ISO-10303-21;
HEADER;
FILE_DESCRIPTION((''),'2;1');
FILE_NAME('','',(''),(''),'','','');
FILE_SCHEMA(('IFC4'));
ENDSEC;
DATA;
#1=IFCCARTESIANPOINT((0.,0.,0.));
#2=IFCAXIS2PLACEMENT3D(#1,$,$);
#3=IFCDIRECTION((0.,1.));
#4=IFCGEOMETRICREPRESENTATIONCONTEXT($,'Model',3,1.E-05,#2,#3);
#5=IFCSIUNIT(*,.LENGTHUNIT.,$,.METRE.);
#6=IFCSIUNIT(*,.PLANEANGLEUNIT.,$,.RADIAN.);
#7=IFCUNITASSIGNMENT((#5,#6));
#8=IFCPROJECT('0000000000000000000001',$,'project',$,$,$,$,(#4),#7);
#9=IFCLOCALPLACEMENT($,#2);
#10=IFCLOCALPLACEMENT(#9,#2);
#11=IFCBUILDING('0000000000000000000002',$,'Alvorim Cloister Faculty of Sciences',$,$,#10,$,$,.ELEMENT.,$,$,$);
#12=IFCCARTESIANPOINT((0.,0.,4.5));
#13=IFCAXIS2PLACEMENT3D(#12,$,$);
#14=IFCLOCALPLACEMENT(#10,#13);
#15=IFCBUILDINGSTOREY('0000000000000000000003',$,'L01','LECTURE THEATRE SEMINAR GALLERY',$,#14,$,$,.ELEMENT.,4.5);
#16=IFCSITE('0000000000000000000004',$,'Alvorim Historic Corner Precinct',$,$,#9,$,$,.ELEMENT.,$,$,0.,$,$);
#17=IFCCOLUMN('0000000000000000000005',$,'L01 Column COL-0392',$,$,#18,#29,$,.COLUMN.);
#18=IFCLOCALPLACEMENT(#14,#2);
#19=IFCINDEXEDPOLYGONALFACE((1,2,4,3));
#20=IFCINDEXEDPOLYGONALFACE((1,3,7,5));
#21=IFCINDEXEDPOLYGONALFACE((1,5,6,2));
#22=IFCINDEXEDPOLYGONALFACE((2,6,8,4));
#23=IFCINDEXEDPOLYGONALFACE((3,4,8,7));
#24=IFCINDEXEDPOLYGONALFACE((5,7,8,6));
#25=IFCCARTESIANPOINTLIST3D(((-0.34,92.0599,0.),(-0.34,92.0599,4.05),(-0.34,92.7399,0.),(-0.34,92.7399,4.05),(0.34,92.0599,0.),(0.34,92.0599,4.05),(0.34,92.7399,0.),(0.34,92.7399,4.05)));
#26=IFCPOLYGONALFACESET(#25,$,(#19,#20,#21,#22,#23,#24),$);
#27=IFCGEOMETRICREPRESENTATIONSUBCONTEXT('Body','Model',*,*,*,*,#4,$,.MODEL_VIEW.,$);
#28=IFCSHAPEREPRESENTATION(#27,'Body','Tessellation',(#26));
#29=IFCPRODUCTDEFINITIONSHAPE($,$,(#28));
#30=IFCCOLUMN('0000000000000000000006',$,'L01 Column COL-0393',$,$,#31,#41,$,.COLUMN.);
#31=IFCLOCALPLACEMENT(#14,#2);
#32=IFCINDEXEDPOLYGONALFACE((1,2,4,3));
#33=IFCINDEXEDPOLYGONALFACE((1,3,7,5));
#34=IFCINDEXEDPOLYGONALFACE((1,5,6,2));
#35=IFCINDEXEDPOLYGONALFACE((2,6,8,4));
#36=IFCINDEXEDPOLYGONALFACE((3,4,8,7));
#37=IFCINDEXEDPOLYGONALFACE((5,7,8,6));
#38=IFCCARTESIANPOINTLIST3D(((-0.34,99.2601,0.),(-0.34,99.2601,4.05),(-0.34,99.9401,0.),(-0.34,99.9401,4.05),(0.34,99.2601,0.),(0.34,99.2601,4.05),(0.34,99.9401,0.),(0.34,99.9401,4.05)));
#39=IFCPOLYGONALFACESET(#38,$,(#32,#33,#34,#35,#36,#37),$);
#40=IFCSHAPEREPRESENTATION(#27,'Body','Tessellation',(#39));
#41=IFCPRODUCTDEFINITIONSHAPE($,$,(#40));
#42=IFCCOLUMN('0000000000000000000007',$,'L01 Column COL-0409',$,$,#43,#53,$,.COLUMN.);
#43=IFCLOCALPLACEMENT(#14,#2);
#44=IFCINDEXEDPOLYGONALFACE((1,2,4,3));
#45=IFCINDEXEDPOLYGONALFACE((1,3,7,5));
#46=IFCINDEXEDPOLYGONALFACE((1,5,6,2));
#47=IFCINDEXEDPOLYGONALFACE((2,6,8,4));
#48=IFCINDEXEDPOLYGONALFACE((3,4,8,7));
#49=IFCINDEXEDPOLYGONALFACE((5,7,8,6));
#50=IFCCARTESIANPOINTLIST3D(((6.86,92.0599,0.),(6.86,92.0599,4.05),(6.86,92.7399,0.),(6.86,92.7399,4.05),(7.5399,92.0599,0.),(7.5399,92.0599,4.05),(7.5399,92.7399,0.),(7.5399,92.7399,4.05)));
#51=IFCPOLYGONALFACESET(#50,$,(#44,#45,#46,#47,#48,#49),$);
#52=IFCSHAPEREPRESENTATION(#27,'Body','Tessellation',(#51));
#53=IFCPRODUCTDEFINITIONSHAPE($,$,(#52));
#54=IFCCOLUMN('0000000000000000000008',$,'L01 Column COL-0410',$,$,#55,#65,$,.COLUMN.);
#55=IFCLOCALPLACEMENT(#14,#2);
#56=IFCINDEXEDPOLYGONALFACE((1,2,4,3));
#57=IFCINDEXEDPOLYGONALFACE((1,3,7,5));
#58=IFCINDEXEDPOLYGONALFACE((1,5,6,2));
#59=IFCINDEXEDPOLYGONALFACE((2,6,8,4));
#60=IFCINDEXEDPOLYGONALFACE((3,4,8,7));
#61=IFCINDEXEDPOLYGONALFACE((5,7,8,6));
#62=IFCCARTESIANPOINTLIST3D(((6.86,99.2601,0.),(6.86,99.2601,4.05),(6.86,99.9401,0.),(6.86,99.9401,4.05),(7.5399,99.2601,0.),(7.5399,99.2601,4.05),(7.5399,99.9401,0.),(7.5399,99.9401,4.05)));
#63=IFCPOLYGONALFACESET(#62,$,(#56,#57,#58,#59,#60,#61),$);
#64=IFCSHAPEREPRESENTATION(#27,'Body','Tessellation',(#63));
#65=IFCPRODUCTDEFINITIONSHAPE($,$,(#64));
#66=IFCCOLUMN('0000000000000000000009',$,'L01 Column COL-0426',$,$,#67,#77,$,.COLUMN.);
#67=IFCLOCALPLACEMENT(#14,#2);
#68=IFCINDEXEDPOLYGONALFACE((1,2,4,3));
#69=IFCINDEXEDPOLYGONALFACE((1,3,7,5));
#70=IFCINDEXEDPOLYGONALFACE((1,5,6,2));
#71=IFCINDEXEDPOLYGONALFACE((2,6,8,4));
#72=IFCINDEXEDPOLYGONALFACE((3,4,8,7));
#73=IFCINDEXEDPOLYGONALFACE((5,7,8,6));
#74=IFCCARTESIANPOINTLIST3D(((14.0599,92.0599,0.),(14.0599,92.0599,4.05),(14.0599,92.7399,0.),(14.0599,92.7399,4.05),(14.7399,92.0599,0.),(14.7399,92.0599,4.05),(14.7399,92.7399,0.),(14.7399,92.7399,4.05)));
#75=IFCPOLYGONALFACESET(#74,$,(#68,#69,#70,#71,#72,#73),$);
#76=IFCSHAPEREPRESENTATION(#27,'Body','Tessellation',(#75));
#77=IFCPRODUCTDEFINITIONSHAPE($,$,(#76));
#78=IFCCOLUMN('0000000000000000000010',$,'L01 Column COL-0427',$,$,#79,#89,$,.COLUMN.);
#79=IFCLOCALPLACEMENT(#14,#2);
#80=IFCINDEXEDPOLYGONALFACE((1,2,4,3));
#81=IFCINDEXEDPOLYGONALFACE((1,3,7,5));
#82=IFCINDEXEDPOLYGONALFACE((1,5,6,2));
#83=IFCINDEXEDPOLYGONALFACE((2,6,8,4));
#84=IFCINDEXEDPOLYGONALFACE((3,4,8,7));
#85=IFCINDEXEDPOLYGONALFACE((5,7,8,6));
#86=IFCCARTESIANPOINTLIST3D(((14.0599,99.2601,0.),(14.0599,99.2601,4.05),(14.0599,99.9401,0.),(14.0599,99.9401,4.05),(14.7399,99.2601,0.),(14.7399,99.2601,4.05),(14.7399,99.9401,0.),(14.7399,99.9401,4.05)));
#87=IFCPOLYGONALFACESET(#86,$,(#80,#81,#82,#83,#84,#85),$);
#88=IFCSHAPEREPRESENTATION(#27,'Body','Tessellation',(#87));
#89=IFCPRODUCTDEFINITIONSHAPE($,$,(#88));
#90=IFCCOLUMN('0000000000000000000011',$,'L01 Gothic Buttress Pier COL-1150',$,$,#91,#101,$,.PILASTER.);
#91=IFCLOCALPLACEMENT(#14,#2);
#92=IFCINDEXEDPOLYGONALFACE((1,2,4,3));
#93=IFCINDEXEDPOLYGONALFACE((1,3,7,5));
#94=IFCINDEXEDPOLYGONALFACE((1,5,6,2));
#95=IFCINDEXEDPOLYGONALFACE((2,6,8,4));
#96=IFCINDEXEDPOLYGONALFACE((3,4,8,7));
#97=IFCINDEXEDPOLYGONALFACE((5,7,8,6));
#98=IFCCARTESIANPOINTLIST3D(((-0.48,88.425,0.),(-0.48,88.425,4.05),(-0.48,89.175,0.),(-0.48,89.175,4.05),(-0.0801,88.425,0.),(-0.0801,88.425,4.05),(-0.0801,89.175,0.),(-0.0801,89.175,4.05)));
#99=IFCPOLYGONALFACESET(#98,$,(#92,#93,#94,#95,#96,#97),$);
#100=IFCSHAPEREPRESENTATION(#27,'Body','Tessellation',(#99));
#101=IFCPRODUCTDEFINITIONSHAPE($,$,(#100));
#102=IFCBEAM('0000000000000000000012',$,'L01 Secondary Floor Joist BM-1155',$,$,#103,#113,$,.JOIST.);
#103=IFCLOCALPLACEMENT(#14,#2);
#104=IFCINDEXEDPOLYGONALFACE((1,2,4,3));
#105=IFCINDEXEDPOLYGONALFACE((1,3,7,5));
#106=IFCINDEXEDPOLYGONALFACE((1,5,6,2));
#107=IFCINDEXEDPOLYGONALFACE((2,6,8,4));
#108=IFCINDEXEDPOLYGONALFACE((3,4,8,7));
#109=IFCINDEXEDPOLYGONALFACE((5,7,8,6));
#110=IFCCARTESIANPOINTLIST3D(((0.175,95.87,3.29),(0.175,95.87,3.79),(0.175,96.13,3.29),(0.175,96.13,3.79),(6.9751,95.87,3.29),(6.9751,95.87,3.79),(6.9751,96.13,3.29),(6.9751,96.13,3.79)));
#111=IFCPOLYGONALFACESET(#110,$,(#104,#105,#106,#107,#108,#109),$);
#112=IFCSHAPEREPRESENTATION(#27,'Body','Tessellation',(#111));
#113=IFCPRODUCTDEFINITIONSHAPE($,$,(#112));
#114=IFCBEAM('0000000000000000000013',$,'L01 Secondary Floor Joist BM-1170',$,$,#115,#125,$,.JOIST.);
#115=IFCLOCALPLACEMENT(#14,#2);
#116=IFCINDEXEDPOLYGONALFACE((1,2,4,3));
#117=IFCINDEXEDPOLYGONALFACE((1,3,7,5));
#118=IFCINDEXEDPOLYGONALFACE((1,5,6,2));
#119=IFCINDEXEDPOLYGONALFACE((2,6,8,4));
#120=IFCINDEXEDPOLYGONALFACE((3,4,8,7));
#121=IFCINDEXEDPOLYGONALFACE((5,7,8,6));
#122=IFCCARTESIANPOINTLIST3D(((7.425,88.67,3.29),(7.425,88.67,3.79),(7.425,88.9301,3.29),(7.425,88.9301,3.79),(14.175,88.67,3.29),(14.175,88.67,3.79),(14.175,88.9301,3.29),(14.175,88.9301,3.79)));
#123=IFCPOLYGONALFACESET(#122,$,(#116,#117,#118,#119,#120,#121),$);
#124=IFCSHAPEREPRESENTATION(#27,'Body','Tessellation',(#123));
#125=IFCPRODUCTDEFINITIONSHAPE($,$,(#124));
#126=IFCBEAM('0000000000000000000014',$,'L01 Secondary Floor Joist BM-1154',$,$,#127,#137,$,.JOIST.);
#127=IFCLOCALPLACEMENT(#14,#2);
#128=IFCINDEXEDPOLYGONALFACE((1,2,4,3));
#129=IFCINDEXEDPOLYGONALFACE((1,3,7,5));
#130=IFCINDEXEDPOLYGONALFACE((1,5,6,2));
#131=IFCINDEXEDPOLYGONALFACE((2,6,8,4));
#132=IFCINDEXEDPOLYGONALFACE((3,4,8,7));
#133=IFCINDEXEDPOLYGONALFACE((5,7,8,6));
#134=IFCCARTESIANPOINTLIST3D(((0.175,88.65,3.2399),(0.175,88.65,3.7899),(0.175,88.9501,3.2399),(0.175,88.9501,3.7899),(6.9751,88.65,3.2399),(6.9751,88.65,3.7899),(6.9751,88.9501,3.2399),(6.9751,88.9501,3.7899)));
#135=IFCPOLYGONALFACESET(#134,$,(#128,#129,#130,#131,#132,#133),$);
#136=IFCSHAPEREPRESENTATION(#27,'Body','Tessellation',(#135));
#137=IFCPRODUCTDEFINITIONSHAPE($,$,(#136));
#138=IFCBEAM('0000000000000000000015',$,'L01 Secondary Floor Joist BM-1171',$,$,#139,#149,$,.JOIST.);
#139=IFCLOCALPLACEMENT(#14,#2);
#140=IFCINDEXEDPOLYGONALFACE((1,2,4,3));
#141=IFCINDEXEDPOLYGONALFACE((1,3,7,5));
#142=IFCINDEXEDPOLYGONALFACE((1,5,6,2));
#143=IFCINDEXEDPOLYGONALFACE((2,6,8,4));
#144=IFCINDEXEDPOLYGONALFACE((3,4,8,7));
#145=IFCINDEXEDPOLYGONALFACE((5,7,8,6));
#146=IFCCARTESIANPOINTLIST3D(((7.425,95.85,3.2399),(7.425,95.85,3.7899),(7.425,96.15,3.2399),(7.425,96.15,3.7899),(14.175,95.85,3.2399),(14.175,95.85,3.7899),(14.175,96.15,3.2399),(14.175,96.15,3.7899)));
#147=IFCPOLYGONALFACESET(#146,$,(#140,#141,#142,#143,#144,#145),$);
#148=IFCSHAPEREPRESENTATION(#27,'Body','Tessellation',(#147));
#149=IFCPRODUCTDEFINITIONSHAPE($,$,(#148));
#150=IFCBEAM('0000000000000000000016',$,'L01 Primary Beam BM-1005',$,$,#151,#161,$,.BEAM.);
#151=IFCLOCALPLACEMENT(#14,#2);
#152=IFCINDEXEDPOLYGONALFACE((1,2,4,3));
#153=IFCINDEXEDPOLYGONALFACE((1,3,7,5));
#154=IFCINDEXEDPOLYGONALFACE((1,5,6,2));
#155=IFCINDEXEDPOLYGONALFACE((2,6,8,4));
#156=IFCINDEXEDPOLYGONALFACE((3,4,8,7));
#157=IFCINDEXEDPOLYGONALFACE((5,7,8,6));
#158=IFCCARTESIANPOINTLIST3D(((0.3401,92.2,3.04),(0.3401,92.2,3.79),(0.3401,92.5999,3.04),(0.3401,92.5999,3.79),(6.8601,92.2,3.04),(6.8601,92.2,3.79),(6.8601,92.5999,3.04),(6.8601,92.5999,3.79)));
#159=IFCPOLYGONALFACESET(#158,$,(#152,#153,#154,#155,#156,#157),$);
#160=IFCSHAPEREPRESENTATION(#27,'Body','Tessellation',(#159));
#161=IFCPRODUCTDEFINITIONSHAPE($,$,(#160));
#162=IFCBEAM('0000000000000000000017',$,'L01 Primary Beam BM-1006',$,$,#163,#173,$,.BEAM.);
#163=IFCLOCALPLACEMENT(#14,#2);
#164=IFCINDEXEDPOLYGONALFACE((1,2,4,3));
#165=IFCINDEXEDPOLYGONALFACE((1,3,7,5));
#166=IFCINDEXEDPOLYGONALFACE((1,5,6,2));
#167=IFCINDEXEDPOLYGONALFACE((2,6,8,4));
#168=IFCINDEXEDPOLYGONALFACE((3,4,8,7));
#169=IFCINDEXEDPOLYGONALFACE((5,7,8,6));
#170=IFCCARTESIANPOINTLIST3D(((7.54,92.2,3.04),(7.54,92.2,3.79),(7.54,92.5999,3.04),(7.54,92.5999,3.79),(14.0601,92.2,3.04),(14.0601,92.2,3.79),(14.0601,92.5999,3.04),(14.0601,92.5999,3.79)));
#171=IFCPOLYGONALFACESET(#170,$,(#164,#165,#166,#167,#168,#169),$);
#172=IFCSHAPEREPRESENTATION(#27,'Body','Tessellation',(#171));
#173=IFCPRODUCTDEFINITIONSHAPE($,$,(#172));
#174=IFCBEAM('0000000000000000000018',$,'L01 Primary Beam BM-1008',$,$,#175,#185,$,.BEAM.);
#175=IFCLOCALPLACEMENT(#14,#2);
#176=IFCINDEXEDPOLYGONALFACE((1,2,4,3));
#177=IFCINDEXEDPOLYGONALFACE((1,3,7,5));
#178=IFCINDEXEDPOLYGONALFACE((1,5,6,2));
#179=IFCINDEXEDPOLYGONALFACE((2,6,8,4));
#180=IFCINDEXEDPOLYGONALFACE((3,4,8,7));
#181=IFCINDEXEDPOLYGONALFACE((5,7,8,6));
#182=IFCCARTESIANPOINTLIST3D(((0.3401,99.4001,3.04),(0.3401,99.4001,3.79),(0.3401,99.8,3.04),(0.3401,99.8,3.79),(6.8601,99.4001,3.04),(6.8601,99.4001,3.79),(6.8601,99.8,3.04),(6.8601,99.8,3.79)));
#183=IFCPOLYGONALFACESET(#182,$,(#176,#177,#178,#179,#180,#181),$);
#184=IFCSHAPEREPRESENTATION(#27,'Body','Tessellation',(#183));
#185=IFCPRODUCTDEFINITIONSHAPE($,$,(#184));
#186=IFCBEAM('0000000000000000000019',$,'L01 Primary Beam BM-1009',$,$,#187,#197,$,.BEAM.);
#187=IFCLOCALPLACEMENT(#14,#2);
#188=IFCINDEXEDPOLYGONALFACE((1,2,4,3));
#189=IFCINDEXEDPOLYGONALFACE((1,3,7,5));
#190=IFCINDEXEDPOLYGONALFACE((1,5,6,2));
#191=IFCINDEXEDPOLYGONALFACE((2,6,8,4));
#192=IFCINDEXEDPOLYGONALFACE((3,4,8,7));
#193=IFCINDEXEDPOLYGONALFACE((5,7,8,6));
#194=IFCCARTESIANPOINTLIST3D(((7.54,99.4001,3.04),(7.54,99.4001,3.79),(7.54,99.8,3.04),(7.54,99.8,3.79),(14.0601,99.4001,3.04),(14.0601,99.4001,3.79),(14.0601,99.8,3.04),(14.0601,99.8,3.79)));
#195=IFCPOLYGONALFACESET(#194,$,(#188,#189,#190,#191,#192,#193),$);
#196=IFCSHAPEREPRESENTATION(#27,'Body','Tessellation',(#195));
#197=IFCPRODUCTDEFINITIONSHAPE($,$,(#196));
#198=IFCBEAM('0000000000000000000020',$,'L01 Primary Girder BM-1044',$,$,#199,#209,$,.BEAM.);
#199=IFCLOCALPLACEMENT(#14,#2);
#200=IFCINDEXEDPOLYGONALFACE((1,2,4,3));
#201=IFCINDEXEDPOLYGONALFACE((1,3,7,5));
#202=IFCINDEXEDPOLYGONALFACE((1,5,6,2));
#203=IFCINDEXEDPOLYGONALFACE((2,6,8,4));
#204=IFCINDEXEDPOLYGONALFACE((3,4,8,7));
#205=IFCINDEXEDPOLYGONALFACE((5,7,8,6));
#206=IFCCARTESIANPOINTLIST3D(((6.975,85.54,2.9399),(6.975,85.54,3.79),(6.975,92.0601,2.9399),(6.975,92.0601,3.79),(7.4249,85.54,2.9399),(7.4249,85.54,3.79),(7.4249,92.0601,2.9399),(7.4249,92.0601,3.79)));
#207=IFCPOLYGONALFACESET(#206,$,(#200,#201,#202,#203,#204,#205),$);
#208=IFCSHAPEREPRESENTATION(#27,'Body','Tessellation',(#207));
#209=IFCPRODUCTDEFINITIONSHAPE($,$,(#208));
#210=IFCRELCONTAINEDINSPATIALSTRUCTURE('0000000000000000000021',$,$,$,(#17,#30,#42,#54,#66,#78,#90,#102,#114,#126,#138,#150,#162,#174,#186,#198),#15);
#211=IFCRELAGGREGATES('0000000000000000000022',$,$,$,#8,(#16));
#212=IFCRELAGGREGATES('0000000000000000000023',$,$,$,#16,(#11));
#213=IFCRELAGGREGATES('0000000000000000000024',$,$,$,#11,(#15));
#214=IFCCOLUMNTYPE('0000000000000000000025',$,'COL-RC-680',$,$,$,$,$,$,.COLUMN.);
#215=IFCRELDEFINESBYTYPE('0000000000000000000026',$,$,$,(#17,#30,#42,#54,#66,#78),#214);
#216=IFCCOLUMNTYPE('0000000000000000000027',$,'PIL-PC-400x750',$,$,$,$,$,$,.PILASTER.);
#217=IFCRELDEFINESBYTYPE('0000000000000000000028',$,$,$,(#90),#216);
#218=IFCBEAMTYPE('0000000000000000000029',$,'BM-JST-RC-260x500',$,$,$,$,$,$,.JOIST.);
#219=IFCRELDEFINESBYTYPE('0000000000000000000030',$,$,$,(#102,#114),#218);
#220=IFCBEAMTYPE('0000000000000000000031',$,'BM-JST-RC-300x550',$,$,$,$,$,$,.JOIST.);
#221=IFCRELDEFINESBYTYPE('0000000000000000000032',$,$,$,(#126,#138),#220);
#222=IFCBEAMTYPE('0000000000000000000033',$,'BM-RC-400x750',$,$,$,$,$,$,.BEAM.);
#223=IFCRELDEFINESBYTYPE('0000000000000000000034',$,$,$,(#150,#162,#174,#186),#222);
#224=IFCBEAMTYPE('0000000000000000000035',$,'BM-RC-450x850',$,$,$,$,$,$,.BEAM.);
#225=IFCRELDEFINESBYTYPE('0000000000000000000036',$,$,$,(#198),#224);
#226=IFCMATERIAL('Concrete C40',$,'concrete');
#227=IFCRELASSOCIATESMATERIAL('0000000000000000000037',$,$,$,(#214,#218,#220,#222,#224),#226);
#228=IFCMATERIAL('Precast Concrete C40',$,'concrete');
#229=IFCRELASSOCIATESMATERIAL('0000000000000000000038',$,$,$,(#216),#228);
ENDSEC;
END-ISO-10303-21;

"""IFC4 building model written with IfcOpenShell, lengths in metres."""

from ifc_helpers import new_model, si_unit, direction, frame, origin, origin_2d, place, context, subcontext, project, spatial, rectangle, extrude, material, material_profile, profile_set, type_object, element, save


model = new_model("IFC4")

# Units and contexts
model_context = context("Model", 3, precision=1e-05, world=origin(), true_north=direction((0.0, 1.0)))
body_context = subcontext(model_context, "Body", "Model", "MODEL_VIEW")
ifc_project = project(units=[si_unit("LENGTHUNIT", "METRE"), si_unit("PLANEANGLEUNIT", "RADIAN")], contexts=[model_context])

# Site, building, storey
site_placement = place(None, origin())
site = spatial("IfcSite", under=ifc_project, at=site_placement, Name="Alvorim Historic Corner Precinct", CompositionType="ELEMENT", RefElevation=0.0)
building_placement = place(site_placement, origin())
building = spatial("IfcBuilding", under=site, at=building_placement, Name="Alvorim Cloister Faculty of Sciences", CompositionType="ELEMENT")
storey_placement = place(building_placement, frame((0.0, 0.0, 4.5)))
storey = spatial("IfcBuildingStorey", under=building, at=storey_placement, Name="L01", Description="LECTURE THEATRE SEMINAR GALLERY", CompositionType="ELEMENT", Elevation=4.5)

# Columns
ifc_material_1 = material(Name="Concrete C40", Category="concrete")
ifc_material_profile_1 = material_profile(ifc_material_1, rectangle(XDim=0.6799, YDim=0.6799, at=origin_2d()), Name="RC40-COL-680x680")
ifc_profile_set_1 = profile_set([ifc_material_profile_1], Name="Concrete C40")
column_type_1 = type_object("IfcColumnType", Name="COL-RC-680", PredefinedType="COLUMN", material=ifc_profile_set_1)
for number, where, z_axis, x_axis, name in (
    (1, (0.0, 92.3999, 0.0), (0.0, 0.0, 1.0), (1.0, 0.0, 0.0), "L01 Column COL-0392"),
    (2, (0.0, 99.6001, 0.0), (0.0, 0.0, 1.0), (1.0, 0.0, 0.0), "L01 Column COL-0393"),
    (3, (7.2, 92.3999, 0.0), (0.0, 0.0, 1.0), (1.0, 0.0, 0.0), "L01 Column COL-0409"),
    (4, (7.2, 99.6001, 0.0), (0.0, 0.0, 1.0), (1.0, 0.0, 0.0), "L01 Column COL-0410"),
    (5, (14.3999, 92.3999, 0.0), (0.0, 0.0, 1.0), (1.0, 0.0, 0.0), "L01 Column COL-0426"),
    (6, (14.3999, 99.6001, 0.0), (0.0, 0.0, 1.0), (1.0, 0.0, 0.0), "L01 Column COL-0427"),
):
    element("IfcColumn", number, at=place(storey_placement, frame(where, z_axis=z_axis, x_axis=x_axis)), inside=storey, type_object=column_type_1, Name=name, PredefinedType="COLUMN", context=body_context, shape_type="SweptSolid", body=[
        extrude(rectangle(XDim=0.6799, YDim=0.6799, at=origin_2d()), origin(), (0.0, 0.0, 1.0), 4.05),
    ])
ifc_material_2 = material(Name="Precast Concrete C40", Category="concrete")
ifc_material_profile_2 = material_profile(ifc_material_2, rectangle(XDim=0.3999, YDim=0.75, at=origin_2d()), Name="RC40-PIL-400x750")
ifc_profile_set_2 = profile_set([ifc_material_profile_2], Name="Precast Concrete C40")
column_type_2 = type_object("IfcColumnType", Name="PIL-PC-400x750", PredefinedType="PILASTER", material=ifc_profile_set_2)
column_placement = place(storey_placement, frame((-0.28, 88.8, 0.0), z_axis=(0.0, 0.0, 1.0), x_axis=(1.0, 0.0, 0.0)))
element("IfcColumn", 7, at=column_placement, inside=storey, type_object=column_type_2, Name="L01 Gothic Buttress Pier COL-1150", PredefinedType="PILASTER", context=body_context, shape_type="SweptSolid", body=[
    extrude(rectangle(XDim=0.3999, YDim=0.75, at=origin_2d()), origin(), (0.0, 0.0, 1.0), 4.05),
])

# Beams
ifc_material_profile_3 = material_profile(ifc_material_1, rectangle(XDim=0.26, YDim=0.5, at=origin_2d()), Name="RC40-JST-260x500")
ifc_profile_set_3 = profile_set([ifc_material_profile_3], Name="Concrete C40")
beam_type_1 = type_object("IfcBeamType", Name="BM-JST-RC-260x500", PredefinedType="JOIST", material=ifc_profile_set_3)
beam_1_placement = place(storey_placement, frame((0.175, 96.0, 3.54), z_axis=(1.0, 0.0, 0.0), x_axis=(0.0, 1.0, 0.0)))
element("IfcBeam", 8, at=beam_1_placement, inside=storey, type_object=beam_type_1, Name="L01 Secondary Floor Joist BM-1155", PredefinedType="JOIST", context=body_context, shape_type="SweptSolid", body=[
    extrude(rectangle(XDim=0.26, YDim=0.5, at=origin_2d()), origin(), (0.0, 0.0, 1.0), 6.8),
])
beam_2_placement = place(storey_placement, frame((7.425, 88.8, 3.54), z_axis=(1.0, 0.0, 0.0), x_axis=(0.0, 1.0, 0.0)))
element("IfcBeam", 9, at=beam_2_placement, inside=storey, type_object=beam_type_1, Name="L01 Secondary Floor Joist BM-1170", PredefinedType="JOIST", context=body_context, shape_type="SweptSolid", body=[
    extrude(rectangle(XDim=0.26, YDim=0.5, at=origin_2d()), origin(), (0.0, 0.0, 1.0), 6.75),
])
ifc_material_profile_4 = material_profile(ifc_material_1, rectangle(XDim=0.3, YDim=0.55, at=origin_2d()), Name="RC40-JST-300x550")
ifc_profile_set_4 = profile_set([ifc_material_profile_4], Name="Concrete C40")
beam_type_2 = type_object("IfcBeamType", Name="BM-JST-RC-300x550", PredefinedType="JOIST", material=ifc_profile_set_4)
beam_3_placement = place(storey_placement, frame((0.175, 88.8, 3.5149), z_axis=(1.0, 0.0, 0.0), x_axis=(0.0, 1.0, 0.0)))
element("IfcBeam", 10, at=beam_3_placement, inside=storey, type_object=beam_type_2, Name="L01 Secondary Floor Joist BM-1154", PredefinedType="JOIST", context=body_context, shape_type="SweptSolid", body=[
    extrude(rectangle(XDim=0.3, YDim=0.55, at=origin_2d()), origin(), (0.0, 0.0, 1.0), 6.8),
])
beam_4_placement = place(storey_placement, frame((7.425, 96.0, 3.5149), z_axis=(1.0, 0.0, 0.0), x_axis=(0.0, 1.0, 0.0)))
element("IfcBeam", 11, at=beam_4_placement, inside=storey, type_object=beam_type_2, Name="L01 Secondary Floor Joist BM-1171", PredefinedType="JOIST", context=body_context, shape_type="SweptSolid", body=[
    extrude(rectangle(XDim=0.3, YDim=0.55, at=origin_2d()), origin(), (0.0, 0.0, 1.0), 6.75),
])
ifc_material_profile_5 = material_profile(ifc_material_1, rectangle(XDim=0.3999, YDim=0.75, at=origin_2d()), Name="RC40-BM-400x750")
ifc_profile_set_5 = profile_set([ifc_material_profile_5], Name="Concrete C40")
beam_type_3 = type_object("IfcBeamType", Name="BM-RC-400x750", PredefinedType="BEAM", material=ifc_profile_set_5)
for number, where, z_axis, x_axis, name in (
    (12, (0.3401, 92.3999, 3.415), (1.0, 0.0, 0.0), (0.0, 1.0, 0.0), "L01 Primary Beam BM-1005"),
    (13, (7.54, 92.3999, 3.415), (1.0, 0.0, 0.0), (0.0, 1.0, 0.0), "L01 Primary Beam BM-1006"),
    (14, (0.3401, 99.6001, 3.415), (1.0, 0.0, 0.0), (0.0, 1.0, 0.0), "L01 Primary Beam BM-1008"),
    (15, (7.54, 99.6001, 3.415), (1.0, 0.0, 0.0), (0.0, 1.0, 0.0), "L01 Primary Beam BM-1009"),
):
    element("IfcBeam", number, at=place(storey_placement, frame(where, z_axis=z_axis, x_axis=x_axis)), inside=storey, type_object=beam_type_3, Name=name, PredefinedType="BEAM", context=body_context, shape_type="SweptSolid", body=[
        extrude(rectangle(XDim=0.3999, YDim=0.75, at=origin_2d()), origin(), (0.0, 0.0, 1.0), 6.52),
    ])
ifc_material_profile_6 = material_profile(ifc_material_1, rectangle(XDim=0.45, YDim=0.8501, at=origin_2d()), Name="RC40-BM-450x850")
ifc_profile_set_6 = profile_set([ifc_material_profile_6], Name="Concrete C40")
beam_type_4 = type_object("IfcBeamType", Name="BM-RC-450x850", PredefinedType="BEAM", material=ifc_profile_set_6)
for number, where, z_axis, x_axis, name in (
    (16, (7.2, 85.54, 3.365), (0.0, 1.0, 0.0), (-1.0, 0.0, 0.0), "L01 Primary Girder BM-1044"),
):
    element("IfcBeam", number, at=place(storey_placement, frame(where, z_axis=z_axis, x_axis=x_axis)), inside=storey, type_object=beam_type_4, Name=name, PredefinedType="BEAM", context=body_context, shape_type="SweptSolid", body=[
        extrude(rectangle(XDim=0.45, YDim=0.8501, at=origin_2d()), origin(), (0.0, 0.0, 1.0), 6.52),
    ])

save(model, "model.ifc")
